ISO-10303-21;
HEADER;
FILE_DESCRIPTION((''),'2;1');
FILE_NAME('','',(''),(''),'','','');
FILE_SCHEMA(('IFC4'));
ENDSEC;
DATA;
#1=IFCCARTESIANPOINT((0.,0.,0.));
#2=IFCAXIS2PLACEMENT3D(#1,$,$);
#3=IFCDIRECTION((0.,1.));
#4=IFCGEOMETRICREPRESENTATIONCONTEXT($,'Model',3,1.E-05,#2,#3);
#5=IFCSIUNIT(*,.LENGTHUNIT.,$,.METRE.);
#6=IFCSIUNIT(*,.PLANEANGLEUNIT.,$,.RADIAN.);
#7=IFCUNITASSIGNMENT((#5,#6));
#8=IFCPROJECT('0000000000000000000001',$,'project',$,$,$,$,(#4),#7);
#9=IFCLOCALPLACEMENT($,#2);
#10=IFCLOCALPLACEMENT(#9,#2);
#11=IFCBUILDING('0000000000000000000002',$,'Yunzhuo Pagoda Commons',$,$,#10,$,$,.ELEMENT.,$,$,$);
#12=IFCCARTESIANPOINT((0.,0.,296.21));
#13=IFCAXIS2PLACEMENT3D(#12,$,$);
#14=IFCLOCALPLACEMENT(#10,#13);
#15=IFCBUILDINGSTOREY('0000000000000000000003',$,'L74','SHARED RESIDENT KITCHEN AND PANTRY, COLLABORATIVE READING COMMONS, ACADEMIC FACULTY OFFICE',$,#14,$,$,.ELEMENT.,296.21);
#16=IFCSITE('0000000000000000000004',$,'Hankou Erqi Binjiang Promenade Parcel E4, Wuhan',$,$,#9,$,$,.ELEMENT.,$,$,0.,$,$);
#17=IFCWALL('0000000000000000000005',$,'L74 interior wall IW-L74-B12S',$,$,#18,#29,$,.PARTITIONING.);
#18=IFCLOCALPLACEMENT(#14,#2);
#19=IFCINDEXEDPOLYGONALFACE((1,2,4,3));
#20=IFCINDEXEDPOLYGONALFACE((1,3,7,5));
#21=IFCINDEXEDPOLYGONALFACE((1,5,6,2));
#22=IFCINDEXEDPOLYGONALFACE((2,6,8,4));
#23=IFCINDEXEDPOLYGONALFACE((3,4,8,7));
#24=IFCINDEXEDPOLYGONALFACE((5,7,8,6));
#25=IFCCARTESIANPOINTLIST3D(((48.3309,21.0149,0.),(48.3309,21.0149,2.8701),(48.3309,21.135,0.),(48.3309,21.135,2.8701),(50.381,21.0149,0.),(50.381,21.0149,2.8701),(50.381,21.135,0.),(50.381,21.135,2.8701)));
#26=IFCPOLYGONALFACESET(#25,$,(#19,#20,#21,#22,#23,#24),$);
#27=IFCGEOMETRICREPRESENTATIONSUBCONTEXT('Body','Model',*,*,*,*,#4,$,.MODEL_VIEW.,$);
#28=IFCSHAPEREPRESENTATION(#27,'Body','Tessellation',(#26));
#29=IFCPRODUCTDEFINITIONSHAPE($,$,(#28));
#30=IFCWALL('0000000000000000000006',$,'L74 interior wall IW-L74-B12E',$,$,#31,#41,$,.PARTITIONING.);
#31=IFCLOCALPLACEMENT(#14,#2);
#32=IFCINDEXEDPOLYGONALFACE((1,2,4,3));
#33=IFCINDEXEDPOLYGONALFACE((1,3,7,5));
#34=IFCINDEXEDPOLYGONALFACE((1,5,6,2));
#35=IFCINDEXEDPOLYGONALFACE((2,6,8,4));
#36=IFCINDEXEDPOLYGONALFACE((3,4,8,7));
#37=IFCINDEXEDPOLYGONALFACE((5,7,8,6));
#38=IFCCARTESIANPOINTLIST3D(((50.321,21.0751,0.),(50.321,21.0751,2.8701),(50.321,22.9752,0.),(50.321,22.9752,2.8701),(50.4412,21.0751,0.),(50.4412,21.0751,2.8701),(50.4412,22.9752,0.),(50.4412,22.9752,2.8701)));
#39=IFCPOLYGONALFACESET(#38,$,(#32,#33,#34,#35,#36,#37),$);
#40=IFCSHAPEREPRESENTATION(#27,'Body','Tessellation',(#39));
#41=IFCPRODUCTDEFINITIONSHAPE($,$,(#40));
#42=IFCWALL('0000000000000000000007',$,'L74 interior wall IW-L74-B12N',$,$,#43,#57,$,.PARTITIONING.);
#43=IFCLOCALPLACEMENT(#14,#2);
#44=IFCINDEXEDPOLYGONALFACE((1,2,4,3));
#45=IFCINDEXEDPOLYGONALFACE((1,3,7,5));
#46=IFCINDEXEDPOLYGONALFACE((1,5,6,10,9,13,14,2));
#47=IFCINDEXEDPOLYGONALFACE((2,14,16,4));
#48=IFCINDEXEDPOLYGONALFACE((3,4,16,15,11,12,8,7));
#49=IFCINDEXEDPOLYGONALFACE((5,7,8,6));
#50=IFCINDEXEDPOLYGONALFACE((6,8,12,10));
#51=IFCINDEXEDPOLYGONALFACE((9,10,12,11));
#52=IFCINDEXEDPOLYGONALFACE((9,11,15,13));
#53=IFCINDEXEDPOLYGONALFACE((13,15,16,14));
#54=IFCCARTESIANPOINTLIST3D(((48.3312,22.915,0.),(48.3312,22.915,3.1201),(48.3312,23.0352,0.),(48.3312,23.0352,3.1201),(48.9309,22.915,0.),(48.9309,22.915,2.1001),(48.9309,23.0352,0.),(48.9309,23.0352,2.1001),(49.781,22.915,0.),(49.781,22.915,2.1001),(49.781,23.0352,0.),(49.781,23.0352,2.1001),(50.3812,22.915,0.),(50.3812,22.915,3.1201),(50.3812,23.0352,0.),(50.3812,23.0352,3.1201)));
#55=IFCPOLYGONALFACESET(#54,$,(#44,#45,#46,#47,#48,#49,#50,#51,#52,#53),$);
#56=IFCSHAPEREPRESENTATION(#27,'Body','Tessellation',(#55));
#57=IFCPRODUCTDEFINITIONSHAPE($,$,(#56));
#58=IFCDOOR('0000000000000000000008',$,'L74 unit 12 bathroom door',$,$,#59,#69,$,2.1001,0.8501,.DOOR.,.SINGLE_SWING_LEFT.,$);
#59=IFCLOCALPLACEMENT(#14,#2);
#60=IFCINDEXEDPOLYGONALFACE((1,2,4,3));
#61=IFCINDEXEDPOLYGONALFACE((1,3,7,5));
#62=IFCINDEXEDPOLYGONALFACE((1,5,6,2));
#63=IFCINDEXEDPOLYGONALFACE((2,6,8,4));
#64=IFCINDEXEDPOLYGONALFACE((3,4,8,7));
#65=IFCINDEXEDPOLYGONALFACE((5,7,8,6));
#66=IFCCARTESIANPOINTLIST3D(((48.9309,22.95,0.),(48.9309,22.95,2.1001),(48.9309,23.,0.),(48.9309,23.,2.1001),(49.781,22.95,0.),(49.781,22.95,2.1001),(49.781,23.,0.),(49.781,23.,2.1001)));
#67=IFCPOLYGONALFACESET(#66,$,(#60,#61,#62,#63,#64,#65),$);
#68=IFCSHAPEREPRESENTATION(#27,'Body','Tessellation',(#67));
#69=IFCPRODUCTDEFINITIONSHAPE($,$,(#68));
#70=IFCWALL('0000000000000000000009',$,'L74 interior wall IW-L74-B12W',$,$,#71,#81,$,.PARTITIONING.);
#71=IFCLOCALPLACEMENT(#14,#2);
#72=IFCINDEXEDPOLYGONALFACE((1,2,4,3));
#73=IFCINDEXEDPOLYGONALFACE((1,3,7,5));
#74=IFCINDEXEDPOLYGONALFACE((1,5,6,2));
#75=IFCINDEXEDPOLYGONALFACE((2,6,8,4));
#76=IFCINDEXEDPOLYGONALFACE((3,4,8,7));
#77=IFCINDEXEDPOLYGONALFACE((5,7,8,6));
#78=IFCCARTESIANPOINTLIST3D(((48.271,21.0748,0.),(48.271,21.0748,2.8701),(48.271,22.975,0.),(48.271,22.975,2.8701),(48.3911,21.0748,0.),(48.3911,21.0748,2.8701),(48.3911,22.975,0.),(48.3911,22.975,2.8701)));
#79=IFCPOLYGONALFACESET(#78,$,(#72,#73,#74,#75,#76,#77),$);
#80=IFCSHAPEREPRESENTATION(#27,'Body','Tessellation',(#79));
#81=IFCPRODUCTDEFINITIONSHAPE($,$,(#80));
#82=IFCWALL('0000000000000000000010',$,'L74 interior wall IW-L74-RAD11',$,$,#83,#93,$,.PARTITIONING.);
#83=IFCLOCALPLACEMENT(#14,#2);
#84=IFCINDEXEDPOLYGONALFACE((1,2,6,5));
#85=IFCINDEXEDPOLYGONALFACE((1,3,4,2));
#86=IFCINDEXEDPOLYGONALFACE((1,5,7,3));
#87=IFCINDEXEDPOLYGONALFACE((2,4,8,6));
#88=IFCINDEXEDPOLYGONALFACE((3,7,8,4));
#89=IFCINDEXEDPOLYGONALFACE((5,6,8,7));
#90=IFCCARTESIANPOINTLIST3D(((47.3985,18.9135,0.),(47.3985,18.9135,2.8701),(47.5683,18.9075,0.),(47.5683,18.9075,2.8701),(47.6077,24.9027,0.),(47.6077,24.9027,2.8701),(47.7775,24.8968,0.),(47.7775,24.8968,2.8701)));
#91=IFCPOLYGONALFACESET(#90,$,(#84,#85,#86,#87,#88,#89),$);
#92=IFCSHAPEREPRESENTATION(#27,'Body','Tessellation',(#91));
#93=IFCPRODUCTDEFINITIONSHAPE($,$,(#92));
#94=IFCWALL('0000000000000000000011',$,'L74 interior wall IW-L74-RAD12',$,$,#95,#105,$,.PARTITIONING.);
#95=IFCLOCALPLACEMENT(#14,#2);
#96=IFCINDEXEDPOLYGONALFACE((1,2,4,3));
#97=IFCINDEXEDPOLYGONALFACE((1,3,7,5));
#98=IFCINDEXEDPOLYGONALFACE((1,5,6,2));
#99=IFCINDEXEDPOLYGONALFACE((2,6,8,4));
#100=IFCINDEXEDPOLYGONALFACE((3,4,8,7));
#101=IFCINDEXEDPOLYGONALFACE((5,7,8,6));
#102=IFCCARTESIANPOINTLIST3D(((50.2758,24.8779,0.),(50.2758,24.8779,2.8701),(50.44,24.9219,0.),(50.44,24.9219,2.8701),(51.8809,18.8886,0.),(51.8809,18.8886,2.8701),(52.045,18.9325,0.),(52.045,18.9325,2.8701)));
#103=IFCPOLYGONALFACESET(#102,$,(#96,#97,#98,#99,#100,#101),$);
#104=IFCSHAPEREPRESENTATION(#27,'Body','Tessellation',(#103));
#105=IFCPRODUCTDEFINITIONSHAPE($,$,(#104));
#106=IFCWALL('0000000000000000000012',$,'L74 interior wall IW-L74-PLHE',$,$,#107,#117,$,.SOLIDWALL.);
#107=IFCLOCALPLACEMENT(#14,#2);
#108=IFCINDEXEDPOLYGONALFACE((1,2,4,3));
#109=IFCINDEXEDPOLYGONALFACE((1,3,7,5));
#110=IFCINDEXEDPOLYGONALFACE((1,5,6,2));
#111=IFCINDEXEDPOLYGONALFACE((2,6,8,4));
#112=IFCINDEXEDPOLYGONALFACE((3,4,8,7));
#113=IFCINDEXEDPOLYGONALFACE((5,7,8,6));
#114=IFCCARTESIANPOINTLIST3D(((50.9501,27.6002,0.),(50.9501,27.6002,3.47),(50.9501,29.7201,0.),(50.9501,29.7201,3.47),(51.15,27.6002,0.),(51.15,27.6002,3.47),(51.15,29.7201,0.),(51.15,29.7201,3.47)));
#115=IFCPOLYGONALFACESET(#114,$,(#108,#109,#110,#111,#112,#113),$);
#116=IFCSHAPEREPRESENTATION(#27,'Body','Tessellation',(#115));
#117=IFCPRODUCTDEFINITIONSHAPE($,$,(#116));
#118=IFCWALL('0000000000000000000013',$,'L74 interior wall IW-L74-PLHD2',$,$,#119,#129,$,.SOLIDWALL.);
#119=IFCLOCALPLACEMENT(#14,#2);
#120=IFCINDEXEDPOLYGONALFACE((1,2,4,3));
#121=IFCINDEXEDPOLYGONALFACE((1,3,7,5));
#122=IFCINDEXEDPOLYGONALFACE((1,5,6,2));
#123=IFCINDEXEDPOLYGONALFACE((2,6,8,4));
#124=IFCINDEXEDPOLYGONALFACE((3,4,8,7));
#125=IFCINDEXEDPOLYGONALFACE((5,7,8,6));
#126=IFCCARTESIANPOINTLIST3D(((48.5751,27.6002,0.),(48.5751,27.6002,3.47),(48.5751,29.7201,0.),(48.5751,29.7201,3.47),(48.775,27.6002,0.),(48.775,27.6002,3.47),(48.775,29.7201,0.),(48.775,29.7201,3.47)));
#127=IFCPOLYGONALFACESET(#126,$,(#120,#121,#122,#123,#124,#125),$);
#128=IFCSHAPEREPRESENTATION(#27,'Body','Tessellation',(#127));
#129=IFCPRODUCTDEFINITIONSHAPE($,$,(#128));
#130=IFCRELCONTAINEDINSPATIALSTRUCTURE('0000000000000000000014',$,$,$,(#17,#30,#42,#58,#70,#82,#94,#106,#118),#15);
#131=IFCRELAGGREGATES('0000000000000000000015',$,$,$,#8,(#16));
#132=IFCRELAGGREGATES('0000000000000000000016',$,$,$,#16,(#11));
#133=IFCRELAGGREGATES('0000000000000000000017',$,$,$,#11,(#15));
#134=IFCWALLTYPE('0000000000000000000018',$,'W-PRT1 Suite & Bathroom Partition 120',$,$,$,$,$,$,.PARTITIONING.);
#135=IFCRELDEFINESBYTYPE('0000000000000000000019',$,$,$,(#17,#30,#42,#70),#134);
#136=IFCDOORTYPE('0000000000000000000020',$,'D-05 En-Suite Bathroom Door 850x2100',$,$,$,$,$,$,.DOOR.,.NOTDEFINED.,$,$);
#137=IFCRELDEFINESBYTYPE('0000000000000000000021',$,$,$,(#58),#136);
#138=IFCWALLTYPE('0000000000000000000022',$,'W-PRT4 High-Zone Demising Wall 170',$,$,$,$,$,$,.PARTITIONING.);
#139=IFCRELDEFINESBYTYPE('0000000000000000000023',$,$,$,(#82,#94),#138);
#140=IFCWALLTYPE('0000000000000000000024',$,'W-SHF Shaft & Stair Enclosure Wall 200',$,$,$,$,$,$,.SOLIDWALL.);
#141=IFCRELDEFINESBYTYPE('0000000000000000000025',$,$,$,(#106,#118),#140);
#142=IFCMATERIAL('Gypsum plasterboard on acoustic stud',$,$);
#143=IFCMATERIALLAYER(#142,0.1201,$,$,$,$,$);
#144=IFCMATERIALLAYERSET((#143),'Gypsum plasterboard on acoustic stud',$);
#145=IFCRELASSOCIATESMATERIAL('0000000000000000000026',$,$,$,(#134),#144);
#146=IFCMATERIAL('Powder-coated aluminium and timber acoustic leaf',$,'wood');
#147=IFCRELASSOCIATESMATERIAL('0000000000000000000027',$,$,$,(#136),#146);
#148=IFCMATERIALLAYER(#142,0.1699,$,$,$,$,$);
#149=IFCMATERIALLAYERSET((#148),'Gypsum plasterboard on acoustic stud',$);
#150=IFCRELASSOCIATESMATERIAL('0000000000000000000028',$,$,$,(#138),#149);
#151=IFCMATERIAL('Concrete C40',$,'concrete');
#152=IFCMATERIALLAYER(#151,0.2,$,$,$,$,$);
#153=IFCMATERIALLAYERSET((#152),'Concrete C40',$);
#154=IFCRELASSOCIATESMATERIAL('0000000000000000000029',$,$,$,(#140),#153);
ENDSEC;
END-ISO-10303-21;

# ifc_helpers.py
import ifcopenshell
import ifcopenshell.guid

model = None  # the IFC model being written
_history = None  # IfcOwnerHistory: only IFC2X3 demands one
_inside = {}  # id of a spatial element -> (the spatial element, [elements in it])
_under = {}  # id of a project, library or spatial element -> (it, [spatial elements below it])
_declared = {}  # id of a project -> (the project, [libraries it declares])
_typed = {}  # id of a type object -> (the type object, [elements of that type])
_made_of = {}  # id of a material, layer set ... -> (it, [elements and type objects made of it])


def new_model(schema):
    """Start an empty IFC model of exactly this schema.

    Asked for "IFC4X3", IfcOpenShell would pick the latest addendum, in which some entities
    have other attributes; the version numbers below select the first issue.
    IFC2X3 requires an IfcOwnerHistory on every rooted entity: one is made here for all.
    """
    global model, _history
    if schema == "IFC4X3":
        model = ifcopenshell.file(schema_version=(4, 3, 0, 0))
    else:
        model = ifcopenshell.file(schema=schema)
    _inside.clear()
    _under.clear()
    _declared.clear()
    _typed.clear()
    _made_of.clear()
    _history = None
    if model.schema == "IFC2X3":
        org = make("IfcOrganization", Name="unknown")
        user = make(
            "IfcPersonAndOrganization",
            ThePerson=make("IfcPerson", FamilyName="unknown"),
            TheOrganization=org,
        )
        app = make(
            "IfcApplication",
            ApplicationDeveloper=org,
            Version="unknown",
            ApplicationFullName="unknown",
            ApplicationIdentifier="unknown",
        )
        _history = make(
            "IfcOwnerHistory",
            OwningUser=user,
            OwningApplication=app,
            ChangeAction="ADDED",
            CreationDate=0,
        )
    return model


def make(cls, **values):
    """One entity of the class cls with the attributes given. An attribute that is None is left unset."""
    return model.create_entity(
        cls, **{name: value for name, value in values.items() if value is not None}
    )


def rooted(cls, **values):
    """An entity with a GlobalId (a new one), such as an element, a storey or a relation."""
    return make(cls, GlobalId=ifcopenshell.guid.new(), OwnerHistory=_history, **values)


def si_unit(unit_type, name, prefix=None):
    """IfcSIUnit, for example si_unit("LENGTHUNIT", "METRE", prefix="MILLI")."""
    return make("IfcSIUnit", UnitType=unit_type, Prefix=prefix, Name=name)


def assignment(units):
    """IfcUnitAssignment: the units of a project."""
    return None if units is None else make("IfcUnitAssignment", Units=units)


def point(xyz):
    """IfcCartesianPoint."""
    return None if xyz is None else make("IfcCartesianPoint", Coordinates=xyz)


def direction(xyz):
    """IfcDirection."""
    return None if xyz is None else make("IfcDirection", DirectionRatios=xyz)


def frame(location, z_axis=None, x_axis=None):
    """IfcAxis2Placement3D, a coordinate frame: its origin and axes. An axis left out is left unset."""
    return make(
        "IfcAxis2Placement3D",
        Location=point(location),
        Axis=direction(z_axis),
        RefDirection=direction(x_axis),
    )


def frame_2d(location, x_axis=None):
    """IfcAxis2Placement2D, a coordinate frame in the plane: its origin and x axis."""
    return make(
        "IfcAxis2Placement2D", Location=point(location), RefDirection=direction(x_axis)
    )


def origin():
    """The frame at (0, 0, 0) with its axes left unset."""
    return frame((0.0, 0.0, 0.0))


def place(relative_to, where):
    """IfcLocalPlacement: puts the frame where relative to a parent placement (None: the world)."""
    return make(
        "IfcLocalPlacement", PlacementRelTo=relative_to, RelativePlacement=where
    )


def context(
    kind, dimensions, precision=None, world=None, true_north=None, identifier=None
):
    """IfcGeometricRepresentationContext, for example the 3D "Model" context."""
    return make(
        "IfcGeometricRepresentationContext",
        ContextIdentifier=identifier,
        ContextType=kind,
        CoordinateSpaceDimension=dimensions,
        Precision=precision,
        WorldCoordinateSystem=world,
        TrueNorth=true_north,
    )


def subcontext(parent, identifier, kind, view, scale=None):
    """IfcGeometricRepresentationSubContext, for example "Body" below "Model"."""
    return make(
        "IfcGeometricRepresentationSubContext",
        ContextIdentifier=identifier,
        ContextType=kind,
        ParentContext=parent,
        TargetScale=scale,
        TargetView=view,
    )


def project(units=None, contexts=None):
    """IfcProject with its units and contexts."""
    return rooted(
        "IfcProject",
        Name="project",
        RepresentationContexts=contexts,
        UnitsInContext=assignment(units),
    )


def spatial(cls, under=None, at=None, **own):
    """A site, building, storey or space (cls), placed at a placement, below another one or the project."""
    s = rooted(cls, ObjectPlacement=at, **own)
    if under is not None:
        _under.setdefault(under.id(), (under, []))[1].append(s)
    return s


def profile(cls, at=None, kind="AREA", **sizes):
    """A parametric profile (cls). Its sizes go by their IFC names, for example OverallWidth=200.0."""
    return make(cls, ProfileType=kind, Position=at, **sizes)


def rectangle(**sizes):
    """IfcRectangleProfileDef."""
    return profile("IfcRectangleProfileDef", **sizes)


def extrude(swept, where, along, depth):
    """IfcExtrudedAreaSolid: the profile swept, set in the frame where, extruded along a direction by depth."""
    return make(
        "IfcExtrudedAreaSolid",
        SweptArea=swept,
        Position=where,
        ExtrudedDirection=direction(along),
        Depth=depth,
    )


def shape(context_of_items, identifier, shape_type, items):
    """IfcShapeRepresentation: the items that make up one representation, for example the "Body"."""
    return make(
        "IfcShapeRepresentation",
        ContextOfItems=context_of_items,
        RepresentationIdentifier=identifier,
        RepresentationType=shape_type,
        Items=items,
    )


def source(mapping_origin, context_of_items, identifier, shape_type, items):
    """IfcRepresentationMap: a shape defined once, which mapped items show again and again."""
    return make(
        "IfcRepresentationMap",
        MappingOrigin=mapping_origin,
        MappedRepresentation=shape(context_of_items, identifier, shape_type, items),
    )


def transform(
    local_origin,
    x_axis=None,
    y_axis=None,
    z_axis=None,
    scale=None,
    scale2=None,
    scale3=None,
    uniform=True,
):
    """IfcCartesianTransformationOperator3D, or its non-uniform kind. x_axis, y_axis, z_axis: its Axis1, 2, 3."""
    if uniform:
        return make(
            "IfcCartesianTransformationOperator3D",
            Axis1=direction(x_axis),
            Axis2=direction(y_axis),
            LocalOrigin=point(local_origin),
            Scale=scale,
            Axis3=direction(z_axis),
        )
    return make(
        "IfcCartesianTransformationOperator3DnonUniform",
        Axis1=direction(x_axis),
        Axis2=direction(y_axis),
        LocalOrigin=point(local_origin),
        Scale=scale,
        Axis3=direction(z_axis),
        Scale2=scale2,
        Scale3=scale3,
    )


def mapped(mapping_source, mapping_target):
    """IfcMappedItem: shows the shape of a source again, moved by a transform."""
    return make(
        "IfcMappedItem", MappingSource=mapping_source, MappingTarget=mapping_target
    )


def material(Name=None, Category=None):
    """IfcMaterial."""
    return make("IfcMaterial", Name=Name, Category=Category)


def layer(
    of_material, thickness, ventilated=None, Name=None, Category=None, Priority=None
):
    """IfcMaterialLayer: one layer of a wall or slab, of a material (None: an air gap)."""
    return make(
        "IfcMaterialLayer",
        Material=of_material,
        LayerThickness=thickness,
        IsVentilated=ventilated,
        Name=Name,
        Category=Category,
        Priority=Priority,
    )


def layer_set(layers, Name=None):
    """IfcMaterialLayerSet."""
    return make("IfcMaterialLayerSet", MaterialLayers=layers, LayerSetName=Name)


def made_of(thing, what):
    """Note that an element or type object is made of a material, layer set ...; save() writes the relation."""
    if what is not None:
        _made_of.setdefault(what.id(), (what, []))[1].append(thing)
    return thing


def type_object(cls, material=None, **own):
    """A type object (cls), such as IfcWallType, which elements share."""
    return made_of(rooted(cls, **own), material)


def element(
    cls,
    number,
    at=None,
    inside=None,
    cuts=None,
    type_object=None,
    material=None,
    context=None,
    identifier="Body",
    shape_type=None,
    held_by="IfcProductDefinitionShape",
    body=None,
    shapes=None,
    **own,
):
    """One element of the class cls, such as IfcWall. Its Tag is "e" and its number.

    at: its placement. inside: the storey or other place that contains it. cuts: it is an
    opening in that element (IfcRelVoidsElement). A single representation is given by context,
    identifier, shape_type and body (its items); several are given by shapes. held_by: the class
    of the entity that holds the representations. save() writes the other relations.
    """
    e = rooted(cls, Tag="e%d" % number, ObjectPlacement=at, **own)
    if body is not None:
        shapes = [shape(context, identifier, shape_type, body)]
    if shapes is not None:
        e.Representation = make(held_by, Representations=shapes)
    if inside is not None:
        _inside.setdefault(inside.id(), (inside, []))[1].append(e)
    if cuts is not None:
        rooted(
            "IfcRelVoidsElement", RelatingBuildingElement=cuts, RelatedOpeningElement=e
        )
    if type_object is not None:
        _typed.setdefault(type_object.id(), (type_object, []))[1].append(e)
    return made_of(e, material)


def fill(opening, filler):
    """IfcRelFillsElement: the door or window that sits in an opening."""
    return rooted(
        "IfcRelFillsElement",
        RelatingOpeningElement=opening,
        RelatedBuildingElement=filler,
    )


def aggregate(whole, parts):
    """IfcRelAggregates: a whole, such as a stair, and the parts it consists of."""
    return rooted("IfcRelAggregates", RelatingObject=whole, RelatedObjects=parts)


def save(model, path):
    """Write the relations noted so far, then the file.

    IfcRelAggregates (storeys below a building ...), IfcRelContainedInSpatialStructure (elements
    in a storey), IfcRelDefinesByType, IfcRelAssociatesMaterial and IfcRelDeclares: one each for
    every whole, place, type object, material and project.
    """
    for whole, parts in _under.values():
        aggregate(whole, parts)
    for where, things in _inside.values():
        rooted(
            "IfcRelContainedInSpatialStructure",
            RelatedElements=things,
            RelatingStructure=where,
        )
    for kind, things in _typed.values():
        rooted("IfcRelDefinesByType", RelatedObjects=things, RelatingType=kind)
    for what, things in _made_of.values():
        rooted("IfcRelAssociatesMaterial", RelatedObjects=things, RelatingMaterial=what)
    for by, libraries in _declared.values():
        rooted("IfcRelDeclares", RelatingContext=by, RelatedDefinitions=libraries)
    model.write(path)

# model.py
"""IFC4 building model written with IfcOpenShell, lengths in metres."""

from ifc_helpers import new_model, si_unit, direction, frame, frame_2d, origin, place, context, subcontext, project, spatial, rectangle, extrude, source, transform, mapped, material, layer, layer_set, type_object, element, fill, save


model = new_model("IFC4")

# Units and contexts
model_context = context("Model", 3, precision=1e-05, world=origin(), true_north=direction((0.0, 1.0)))
body_context = subcontext(model_context, "Body", "Model", "MODEL_VIEW")
ifc_project = project(units=[si_unit("LENGTHUNIT", "METRE"), si_unit("PLANEANGLEUNIT", "RADIAN")], contexts=[model_context])

# Site, building, storey
site_placement = place(None, origin())
site = spatial("IfcSite", under=ifc_project, at=site_placement, Name="Hankou Erqi Binjiang Promenade Parcel E4, Wuhan", CompositionType="ELEMENT", RefElevation=0.0)
building_placement = place(site_placement, origin())
building = spatial("IfcBuilding", under=site, at=building_placement, Name="Yunzhuo Pagoda Commons", CompositionType="ELEMENT")
storey_placement = place(building_placement, frame((0.0, 0.0, 296.21)))
storey = spatial("IfcBuildingStorey", under=building, at=storey_placement, Name="L74", Description="SHARED RESIDENT KITCHEN AND PANTRY, COLLABORATIVE READING COMMONS, ACADEMIC FACULTY OFFICE", CompositionType="ELEMENT", Elevation=296.21)

# Shared definitions
ifc_material_1 = material(Name="Gypsum plasterboard on acoustic stud")

# Walls
ifc_layer_1 = layer(ifc_material_1, 0.1201)
ifc_layer_set_1 = layer_set([ifc_layer_1], Name="Gypsum plasterboard on acoustic stud")
wall_type_1 = type_object("IfcWallType", Name="W-PRT1 Suite & Bathroom Partition 120", PredefinedType="PARTITIONING", material=ifc_layer_set_1)
wall_1_placement = place(storey_placement, frame((48.3311, 21.075, 0.0), z_axis=(0.0, 0.0, 1.0), x_axis=(1.0, 0.0, 0.0)))
element("IfcWall", 1, at=wall_1_placement, inside=storey, type_object=wall_type_1, Name="L74 interior wall IW-L74-B12S", PredefinedType="PARTITIONING", context=body_context, shape_type="SweptSolid", body=[
    extrude(rectangle(XDim=2.05, YDim=0.1201, at=frame_2d((1.0249, 0.0))), origin(), (0.0, 0.0, 1.0), 2.8701),
])
wall_2_placement = place(storey_placement, frame((50.3811, 21.075, 0.0), z_axis=(0.0, 0.0, 1.0), x_axis=(0.0, 1.0, 0.0)))
element("IfcWall", 2, at=wall_2_placement, inside=storey, type_object=wall_type_1, Name="L74 interior wall IW-L74-B12E", PredefinedType="PARTITIONING", context=body_context, shape_type="SweptSolid", body=[
    extrude(rectangle(XDim=1.9001, YDim=0.1201, at=frame_2d((0.9502, 0.0))), origin(), (0.0, 0.0, 1.0), 2.8701),
])

# Wall, opening, door
wall_3_placement = place(storey_placement, frame((50.3811, 22.9751, 0.0), z_axis=(0.0, 0.0, 1.0), x_axis=(-1.0, 0.0, 0.0)))
wall_3 = element("IfcWall", 3, at=wall_3_placement, inside=storey, type_object=wall_type_1, Name="L74 interior wall IW-L74-B12N", PredefinedType="PARTITIONING", context=body_context, shape_type="SweptSolid", body=[
    extrude(rectangle(XDim=2.05, YDim=0.1201, at=frame_2d((1.0249, 0.0))), origin(), (0.0, 0.0, 1.0), 3.1201),
])
opening_1_placement = place(wall_3_placement, frame((0.6001, 0.0, 0.0)))
opening_1 = element("IfcOpeningElement", 4, at=opening_1_placement, cuts=wall_3, PredefinedType="OPENING", context=body_context, shape_type="SweptSolid", body=[
    extrude(rectangle(XDim=0.8501, YDim=2.1001, at=frame_2d((0.425, 1.05))), frame((0.0, 0.0701, 0.0), z_axis=(0.0, -1.0, 0.0), x_axis=(1.0, 0.0, 0.0)), (0.0, 0.0, 1.0), 0.1401),
])
ifc_material_2 = material(Name="Powder-coated aluminium and timber acoustic leaf", Category="wood")
door_type_1 = type_object("IfcDoorType", Name="D-05 En-Suite Bathroom Door 850x2100", OperationType="NOTDEFINED", PredefinedType="DOOR", material=ifc_material_2)
shared_shape_1 = source(origin(), body_context, "Body", "SweptSolid", [
    extrude(rectangle(XDim=0.8501, YDim=2.1001, at=frame_2d((0.425, 1.05))), frame((0.0, 0.0249, 0.0), z_axis=(0.0, -1.0, 0.0), x_axis=(1.0, 0.0, 0.0)), (0.0, 0.0, 1.0), 0.05),
])
door_1_placement = place(opening_1_placement, frame((0.8501, 0.0, 0.0), z_axis=(0.0, 0.0, 1.0), x_axis=(-1.0, 0.0, 0.0)))
door_1 = element("IfcDoor", 5, at=door_1_placement, inside=storey, type_object=door_type_1, Name="L74 unit 12 bathroom door", OperationType="SINGLE_SWING_LEFT", OverallHeight=2.1001, OverallWidth=0.8501, PredefinedType="DOOR", context=body_context, shape_type="MappedRepresentation", body=[
    mapped(shared_shape_1, transform((0.0, 0.0, 0.0), scale=1.0)),
])
fill(opening_1, door_1)

# Walls
wall_4_placement = place(storey_placement, frame((48.3311, 22.9751, 0.0), z_axis=(0.0, 0.0, 1.0), x_axis=(0.0, -1.0, 0.0)))
element("IfcWall", 6, at=wall_4_placement, inside=storey, type_object=wall_type_1, Name="L74 interior wall IW-L74-B12W", PredefinedType="PARTITIONING", context=body_context, shape_type="SweptSolid", body=[
    extrude(rectangle(XDim=1.9001, YDim=0.1201, at=frame_2d((0.9502, 0.0))), origin(), (0.0, 0.0, 1.0), 2.8701),
])
ifc_layer_2 = layer(ifc_material_1, 0.1699)
ifc_layer_set_2 = layer_set([ifc_layer_2], Name="Gypsum plasterboard on acoustic stud")
wall_type_2 = type_object("IfcWallType", Name="W-PRT4 High-Zone Demising Wall 170", PredefinedType="PARTITIONING", material=ifc_layer_set_2)
wall_5_placement = place(storey_placement, frame((47.6926, 24.8999, 0.0), z_axis=(0.0, 0.0, 1.0), x_axis=(-0.034913, -0.99939, 0.0)))
element("IfcWall", 7, at=wall_5_placement, inside=storey, type_object=wall_type_2, Name="L74 interior wall IW-L74-RAD11", PredefinedType="PARTITIONING", context=body_context, shape_type="SweptSolid", body=[
    extrude(rectangle(XDim=5.9929, YDim=0.1699, at=frame_2d((2.9966, 0.0))), origin(), (0.0, 0.0, 1.0), 2.8701),
])
wall_6_placement = place(storey_placement, frame((50.3579, 24.8999, 0.0), z_axis=(0.0, 0.0, 1.0), x_axis=(0.258844, -0.965919, 0.0)))
element("IfcWall", 8, at=wall_6_placement, inside=storey, type_object=wall_type_2, Name="L74 interior wall IW-L74-RAD12", PredefinedType="PARTITIONING", context=body_context, shape_type="SweptSolid", body=[
    extrude(rectangle(XDim=6.2007, YDim=0.1699, at=frame_2d((3.1003, 0.0))), origin(), (0.0, 0.0, 1.0), 2.8701),
])
ifc_material_3 = material(Name="Concrete C40", Category="concrete")
ifc_layer_3 = layer(ifc_material_3, 0.2)
ifc_layer_set_3 = layer_set([ifc_layer_3], Name="Concrete C40")
wall_type_3 = type_object("IfcWallType", Name="W-SHF Shaft & Stair Enclosure Wall 200", PredefinedType="SOLIDWALL", material=ifc_layer_set_3)
for number, where, z_axis, x_axis, name in (
    (9, (51.05, 27.6001, 0.0), (0.0, 0.0, 1.0), (0.0, 1.0, 0.0), "L74 interior wall IW-L74-PLHE"),
    (10, (48.675, 27.6001, 0.0), (0.0, 0.0, 1.0), (0.0, 1.0, 0.0), "L74 interior wall IW-L74-PLHD2"),
):
    element("IfcWall", number, at=place(storey_placement, frame(where, z_axis=z_axis, x_axis=x_axis)), inside=storey, type_object=wall_type_3, Name=name, PredefinedType="SOLIDWALL", context=body_context, shape_type="SweptSolid", body=[
        extrude(rectangle(XDim=2.1199, YDim=0.2, at=frame_2d((1.0601, 0.0))), origin(), (0.0, 0.0, 1.0), 3.47),
    ])

save(model, "model.ifc")
